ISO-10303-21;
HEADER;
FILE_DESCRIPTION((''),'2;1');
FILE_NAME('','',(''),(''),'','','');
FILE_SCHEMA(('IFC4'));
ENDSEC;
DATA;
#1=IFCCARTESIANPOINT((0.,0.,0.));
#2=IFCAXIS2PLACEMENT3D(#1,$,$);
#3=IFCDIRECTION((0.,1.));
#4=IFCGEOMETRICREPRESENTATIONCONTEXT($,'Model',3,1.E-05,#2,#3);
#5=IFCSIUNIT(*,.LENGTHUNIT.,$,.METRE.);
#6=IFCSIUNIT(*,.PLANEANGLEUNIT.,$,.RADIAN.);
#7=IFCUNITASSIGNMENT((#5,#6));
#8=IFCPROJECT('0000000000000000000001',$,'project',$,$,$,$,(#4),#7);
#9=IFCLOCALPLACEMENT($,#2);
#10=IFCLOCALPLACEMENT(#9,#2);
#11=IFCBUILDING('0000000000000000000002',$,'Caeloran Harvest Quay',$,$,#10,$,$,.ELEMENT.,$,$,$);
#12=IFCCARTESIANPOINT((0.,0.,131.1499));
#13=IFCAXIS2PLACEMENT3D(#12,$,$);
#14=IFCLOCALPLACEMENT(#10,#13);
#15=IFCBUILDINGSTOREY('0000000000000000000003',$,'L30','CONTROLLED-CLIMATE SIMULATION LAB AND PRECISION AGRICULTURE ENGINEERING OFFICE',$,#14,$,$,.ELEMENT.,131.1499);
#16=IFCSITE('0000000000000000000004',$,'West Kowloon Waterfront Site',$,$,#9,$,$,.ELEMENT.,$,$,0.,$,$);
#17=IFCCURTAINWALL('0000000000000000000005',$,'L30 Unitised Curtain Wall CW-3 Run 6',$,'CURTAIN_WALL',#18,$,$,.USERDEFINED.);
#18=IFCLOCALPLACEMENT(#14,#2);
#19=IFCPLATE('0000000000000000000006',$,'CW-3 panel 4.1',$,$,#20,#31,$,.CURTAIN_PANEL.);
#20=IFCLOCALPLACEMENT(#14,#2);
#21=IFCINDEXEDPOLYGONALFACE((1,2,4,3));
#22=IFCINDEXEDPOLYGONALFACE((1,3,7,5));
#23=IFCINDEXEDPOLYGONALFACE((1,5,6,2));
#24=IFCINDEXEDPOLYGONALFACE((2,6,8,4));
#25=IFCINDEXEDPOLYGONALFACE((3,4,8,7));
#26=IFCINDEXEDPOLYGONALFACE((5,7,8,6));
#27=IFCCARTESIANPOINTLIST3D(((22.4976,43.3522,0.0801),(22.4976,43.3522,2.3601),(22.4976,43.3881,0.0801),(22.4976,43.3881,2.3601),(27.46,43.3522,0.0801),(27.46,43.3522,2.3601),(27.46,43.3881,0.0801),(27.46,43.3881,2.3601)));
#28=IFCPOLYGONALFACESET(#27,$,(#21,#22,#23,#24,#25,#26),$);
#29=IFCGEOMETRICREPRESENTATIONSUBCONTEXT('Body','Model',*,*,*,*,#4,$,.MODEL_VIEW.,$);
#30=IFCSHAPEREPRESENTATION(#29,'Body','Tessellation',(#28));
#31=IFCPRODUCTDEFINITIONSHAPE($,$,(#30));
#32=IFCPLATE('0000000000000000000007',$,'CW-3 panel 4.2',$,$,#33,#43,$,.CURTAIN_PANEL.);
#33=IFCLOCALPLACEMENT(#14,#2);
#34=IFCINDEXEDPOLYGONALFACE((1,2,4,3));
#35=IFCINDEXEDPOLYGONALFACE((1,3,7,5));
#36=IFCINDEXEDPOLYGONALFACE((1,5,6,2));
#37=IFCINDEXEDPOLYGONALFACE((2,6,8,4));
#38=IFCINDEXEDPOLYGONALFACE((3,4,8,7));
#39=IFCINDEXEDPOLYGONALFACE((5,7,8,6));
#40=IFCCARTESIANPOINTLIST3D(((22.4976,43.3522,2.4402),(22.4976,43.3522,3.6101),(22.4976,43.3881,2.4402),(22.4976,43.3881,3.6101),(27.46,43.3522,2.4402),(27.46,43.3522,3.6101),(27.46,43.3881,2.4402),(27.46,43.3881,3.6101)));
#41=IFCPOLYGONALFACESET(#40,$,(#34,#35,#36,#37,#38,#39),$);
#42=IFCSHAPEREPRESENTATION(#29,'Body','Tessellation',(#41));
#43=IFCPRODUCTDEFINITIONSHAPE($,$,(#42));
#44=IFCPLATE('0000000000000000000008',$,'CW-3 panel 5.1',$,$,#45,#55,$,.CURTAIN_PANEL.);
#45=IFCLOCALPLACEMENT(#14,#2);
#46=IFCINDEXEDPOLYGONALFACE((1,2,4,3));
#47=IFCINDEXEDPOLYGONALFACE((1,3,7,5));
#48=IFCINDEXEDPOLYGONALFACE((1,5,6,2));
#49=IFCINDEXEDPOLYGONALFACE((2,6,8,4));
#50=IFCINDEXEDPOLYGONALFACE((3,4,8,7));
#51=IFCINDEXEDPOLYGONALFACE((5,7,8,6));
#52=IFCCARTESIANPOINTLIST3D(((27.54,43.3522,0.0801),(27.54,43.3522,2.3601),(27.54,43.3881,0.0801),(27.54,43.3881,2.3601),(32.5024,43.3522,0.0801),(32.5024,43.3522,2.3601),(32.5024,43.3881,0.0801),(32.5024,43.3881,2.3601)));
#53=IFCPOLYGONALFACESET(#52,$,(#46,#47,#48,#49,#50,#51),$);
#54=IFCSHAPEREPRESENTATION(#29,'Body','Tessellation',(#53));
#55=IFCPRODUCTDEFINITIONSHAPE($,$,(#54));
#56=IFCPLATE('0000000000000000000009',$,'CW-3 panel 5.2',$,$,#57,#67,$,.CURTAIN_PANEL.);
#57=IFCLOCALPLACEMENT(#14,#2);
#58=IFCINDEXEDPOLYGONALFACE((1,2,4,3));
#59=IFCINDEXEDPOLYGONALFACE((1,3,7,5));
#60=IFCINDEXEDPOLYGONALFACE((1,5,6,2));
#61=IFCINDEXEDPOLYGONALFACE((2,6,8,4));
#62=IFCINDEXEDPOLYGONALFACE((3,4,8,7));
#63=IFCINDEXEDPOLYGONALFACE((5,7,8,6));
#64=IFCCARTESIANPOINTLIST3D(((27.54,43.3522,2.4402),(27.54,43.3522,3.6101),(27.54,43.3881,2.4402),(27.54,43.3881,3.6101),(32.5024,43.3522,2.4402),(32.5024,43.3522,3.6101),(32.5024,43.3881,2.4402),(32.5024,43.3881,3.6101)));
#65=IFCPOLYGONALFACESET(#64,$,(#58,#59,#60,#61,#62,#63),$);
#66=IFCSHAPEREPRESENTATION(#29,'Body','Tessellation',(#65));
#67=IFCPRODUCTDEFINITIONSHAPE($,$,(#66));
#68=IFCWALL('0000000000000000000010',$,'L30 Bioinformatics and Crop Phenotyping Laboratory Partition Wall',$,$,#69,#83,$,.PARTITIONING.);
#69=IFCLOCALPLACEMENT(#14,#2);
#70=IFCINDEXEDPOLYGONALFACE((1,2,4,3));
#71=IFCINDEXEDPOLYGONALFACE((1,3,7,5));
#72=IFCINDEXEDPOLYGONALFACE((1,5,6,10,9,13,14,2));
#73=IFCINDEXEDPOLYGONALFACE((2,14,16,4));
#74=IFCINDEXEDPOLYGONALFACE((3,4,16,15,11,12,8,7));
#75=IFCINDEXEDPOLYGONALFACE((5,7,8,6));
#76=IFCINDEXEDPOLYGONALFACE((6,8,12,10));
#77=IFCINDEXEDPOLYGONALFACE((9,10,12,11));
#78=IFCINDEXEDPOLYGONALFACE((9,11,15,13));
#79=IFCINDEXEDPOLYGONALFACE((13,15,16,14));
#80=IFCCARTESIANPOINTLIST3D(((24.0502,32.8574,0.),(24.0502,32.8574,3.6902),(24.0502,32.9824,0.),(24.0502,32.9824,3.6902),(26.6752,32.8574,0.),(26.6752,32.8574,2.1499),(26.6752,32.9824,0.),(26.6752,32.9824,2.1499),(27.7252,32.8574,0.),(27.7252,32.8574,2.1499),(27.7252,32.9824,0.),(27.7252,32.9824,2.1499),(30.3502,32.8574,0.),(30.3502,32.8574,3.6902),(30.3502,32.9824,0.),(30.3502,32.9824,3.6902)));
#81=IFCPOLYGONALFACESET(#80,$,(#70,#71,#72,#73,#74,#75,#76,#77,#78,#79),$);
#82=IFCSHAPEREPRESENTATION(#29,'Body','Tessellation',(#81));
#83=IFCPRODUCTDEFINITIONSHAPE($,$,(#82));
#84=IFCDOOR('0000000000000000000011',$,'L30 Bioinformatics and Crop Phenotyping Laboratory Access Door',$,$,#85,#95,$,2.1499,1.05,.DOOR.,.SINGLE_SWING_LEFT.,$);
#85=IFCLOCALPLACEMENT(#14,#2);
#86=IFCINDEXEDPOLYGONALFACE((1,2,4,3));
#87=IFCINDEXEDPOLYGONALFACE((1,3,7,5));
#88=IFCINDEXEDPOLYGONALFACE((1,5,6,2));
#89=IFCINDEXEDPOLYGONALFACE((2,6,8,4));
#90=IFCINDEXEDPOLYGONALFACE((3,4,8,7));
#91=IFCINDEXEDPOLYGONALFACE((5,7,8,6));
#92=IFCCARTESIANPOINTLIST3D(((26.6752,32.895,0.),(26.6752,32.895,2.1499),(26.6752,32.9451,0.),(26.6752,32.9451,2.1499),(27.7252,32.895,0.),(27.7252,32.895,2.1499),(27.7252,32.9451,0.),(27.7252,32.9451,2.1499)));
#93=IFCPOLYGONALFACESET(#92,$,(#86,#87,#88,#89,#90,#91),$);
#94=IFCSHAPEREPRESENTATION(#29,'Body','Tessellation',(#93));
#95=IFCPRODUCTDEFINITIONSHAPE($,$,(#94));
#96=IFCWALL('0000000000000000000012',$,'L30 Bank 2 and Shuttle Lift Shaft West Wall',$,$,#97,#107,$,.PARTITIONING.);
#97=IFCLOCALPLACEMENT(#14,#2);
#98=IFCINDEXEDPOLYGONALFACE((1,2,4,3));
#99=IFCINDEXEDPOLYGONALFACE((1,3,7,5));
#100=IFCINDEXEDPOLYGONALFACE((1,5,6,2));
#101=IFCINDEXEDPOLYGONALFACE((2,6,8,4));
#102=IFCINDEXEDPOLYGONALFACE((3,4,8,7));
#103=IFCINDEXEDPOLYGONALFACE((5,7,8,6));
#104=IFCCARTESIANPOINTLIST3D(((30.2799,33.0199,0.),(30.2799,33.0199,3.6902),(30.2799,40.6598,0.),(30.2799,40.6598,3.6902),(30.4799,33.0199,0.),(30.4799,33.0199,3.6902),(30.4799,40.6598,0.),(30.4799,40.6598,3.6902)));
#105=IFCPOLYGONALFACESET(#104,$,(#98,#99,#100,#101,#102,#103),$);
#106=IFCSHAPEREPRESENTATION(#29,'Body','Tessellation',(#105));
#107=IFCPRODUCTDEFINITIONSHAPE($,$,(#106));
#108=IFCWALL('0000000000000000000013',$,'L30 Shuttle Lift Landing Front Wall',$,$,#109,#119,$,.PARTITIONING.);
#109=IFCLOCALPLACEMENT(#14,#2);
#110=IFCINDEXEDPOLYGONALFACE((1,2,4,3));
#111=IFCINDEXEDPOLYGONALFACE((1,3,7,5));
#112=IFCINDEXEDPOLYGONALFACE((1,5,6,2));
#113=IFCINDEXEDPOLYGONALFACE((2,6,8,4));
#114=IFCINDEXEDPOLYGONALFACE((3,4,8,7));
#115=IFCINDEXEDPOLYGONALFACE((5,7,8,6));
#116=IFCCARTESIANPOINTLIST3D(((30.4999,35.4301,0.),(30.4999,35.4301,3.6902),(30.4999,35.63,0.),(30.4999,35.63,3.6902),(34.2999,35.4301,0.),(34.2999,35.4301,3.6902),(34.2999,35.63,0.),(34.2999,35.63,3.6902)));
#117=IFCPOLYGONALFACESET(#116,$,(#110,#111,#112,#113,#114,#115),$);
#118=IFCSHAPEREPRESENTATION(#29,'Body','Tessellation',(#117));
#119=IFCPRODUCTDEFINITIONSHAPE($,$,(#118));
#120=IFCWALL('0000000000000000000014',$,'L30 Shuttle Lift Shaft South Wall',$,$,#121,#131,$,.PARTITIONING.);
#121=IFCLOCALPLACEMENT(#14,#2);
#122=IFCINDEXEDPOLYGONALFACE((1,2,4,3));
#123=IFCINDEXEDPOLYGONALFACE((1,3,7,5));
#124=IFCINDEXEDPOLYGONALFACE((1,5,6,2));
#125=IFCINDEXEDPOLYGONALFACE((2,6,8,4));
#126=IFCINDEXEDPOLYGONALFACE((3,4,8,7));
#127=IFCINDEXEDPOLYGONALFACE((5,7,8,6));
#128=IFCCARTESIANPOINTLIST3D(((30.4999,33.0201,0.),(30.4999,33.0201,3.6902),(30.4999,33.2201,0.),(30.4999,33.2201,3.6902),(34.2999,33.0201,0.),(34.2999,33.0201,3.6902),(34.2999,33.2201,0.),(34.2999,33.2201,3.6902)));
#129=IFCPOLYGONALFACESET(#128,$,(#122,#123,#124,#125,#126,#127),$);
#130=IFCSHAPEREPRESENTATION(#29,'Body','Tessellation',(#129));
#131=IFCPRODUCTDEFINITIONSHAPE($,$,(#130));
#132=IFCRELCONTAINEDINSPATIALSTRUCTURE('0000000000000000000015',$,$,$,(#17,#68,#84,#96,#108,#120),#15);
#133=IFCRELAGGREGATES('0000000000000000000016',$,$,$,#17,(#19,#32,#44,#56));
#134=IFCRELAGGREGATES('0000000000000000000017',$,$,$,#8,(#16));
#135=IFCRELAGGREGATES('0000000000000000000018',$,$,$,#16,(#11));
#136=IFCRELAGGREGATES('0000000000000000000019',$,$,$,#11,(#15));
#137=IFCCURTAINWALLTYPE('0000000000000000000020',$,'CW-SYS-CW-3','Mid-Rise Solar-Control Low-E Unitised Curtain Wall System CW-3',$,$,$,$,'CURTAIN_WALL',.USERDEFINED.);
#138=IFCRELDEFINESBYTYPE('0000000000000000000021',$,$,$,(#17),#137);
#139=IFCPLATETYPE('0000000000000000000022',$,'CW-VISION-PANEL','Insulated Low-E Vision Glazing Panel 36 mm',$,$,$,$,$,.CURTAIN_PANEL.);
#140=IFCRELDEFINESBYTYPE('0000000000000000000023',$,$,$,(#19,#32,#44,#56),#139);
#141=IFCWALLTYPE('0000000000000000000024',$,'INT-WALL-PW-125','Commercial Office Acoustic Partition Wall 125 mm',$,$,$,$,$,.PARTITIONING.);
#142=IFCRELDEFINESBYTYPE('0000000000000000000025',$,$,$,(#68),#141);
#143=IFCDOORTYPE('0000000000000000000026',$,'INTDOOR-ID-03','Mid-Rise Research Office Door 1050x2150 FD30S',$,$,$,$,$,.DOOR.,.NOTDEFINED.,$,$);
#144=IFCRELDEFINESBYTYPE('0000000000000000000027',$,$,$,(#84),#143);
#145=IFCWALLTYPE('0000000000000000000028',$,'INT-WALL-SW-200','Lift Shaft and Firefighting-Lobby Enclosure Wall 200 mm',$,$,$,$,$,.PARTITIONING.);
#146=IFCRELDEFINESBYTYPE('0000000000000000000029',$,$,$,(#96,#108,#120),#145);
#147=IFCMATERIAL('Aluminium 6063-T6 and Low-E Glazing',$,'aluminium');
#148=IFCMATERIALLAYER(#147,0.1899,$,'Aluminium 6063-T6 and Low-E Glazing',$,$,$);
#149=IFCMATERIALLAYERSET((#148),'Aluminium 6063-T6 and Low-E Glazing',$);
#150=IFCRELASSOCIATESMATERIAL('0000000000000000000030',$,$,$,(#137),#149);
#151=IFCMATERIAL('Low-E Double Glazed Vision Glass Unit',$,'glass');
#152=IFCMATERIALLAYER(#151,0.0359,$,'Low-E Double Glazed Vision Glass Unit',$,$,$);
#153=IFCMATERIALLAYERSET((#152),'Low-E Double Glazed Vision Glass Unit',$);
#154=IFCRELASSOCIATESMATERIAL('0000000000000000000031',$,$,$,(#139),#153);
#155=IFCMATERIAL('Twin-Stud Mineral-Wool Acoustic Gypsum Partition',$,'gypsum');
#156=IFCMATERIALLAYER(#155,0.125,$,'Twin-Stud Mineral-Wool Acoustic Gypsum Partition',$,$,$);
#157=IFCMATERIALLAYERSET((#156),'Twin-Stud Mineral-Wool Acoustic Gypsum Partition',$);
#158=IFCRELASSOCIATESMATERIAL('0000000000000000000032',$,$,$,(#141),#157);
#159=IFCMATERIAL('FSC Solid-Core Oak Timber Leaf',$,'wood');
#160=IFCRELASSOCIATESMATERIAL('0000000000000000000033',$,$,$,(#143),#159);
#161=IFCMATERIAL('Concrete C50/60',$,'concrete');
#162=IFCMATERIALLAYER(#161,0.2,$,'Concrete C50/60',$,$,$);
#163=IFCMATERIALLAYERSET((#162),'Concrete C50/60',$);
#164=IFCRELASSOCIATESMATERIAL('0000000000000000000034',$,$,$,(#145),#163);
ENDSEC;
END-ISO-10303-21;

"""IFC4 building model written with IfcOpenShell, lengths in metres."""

from ifc_helpers import new_model, si_unit, direction, frame, frame_2d, origin, origin_2d, place, context, subcontext, project, spatial, rectangle, extrude, material, layer, layer_set, type_object, element, fill, aggregate, save


model = new_model("IFC4")

# Units and contexts
model_context = context("Model", 3, precision=1e-05, world=origin(), true_north=direction((0.0, 1.0)))
body_context = subcontext(model_context, "Body", "Model", "MODEL_VIEW")
ifc_project = project(units=[si_unit("LENGTHUNIT", "METRE"), si_unit("PLANEANGLEUNIT", "RADIAN")], contexts=[model_context])

# Site, building, storey
site_placement = place(None, origin())
site = spatial("IfcSite", under=ifc_project, at=site_placement, Name="West Kowloon Waterfront Site", CompositionType="ELEMENT", RefElevation=0.0)
building_placement = place(site_placement, origin())
building = spatial("IfcBuilding", under=site, at=building_placement, Name="Caeloran Harvest Quay", CompositionType="ELEMENT")
storey_placement = place(building_placement, frame((0.0, 0.0, 131.1499)))
storey = spatial("IfcBuildingStorey", under=building, at=storey_placement, Name="L30", Description="CONTROLLED-CLIMATE SIMULATION LAB AND PRECISION AGRICULTURE ENGINEERING OFFICE", CompositionType="ELEMENT", Elevation=131.1499)

# Curtain wall, plates
ifc_material_1 = material(Name="Aluminium 6063-T6 and Low-E Glazing", Category="aluminium")
ifc_layer_1 = layer(ifc_material_1, 0.1899, Name="Aluminium 6063-T6 and Low-E Glazing")
ifc_layer_set_1 = layer_set([ifc_layer_1], Name="Aluminium 6063-T6 and Low-E Glazing")
curtain_wall_type = type_object("IfcCurtainWallType", Name="CW-SYS-CW-3", Description="Mid-Rise Solar-Control Low-E Unitised Curtain Wall System CW-3", ElementType="CURTAIN_WALL", PredefinedType="USERDEFINED", material=ifc_layer_set_1)
curtain_wall_placement = place(storey_placement, origin())
curtain_wall = element("IfcCurtainWall", 1, at=curtain_wall_placement, inside=storey, type_object=curtain_wall_type, Name="L30 Unitised Curtain Wall CW-3 Run 6", ObjectType="CURTAIN_WALL", PredefinedType="USERDEFINED")
ifc_material_2 = material(Name="Low-E Double Glazed Vision Glass Unit", Category="glass")
ifc_layer_2 = layer(ifc_material_2, 0.0359, Name="Low-E Double Glazed Vision Glass Unit")
ifc_layer_set_2 = layer_set([ifc_layer_2], Name="Low-E Double Glazed Vision Glass Unit")
plate_type = type_object("IfcPlateType", Name="CW-VISION-PANEL", Description="Insulated Low-E Vision Glazing Panel 36 mm", PredefinedType="CURTAIN_PANEL", material=ifc_layer_set_2)
plate_1_placement = place(storey_placement, frame((24.9788, 43.3701, 0.0801), z_axis=(0.0, 0.0, 1.0), x_axis=(1.0, 0.0, 0.0)))
plate_1 = element("IfcPlate", 2, at=plate_1_placement, type_object=plate_type, Name="CW-3 panel 4.1", PredefinedType="CURTAIN_PANEL", context=body_context, shape_type="SweptSolid", body=[
    extrude(rectangle(XDim=4.9624, YDim=0.0359, at=origin_2d()), origin(), (0.0, 0.0, 1.0), 2.28),
])
plate_2_placement = place(storey_placement, frame((24.9788, 43.3701, 2.4402), z_axis=(0.0, 0.0, 1.0), x_axis=(1.0, 0.0, 0.0)))
plate_2 = element("IfcPlate", 3, at=plate_2_placement, type_object=plate_type, Name="CW-3 panel 4.2", PredefinedType="CURTAIN_PANEL", context=body_context, shape_type="SweptSolid", body=[
    extrude(rectangle(XDim=4.9624, YDim=0.0359, at=origin_2d()), origin(), (0.0, 0.0, 1.0), 1.1699),
])
plate_3_placement = place(storey_placement, frame((30.0212, 43.3701, 0.0801), z_axis=(0.0, 0.0, 1.0), x_axis=(1.0, 0.0, 0.0)))
plate_3 = element("IfcPlate", 4, at=plate_3_placement, type_object=plate_type, Name="CW-3 panel 5.1", PredefinedType="CURTAIN_PANEL", context=body_context, shape_type="SweptSolid", body=[
    extrude(rectangle(XDim=4.9624, YDim=0.0359, at=origin_2d()), origin(), (0.0, 0.0, 1.0), 2.28),
])
plate_4_placement = place(storey_placement, frame((30.0212, 43.3701, 2.4402), z_axis=(0.0, 0.0, 1.0), x_axis=(1.0, 0.0, 0.0)))
plate_4 = element("IfcPlate", 5, at=plate_4_placement, type_object=plate_type, Name="CW-3 panel 5.2", PredefinedType="CURTAIN_PANEL", context=body_context, shape_type="SweptSolid", body=[
    extrude(rectangle(XDim=4.9624, YDim=0.0359, at=origin_2d()), origin(), (0.0, 0.0, 1.0), 1.1699),
])
aggregate(curtain_wall, [plate_1, plate_2, plate_3, plate_4])

# Wall, opening, door
ifc_material_3 = material(Name="Twin-Stud Mineral-Wool Acoustic Gypsum Partition", Category="gypsum")
ifc_layer_3 = layer(ifc_material_3, 0.125, Name="Twin-Stud Mineral-Wool Acoustic Gypsum Partition")
ifc_layer_set_3 = layer_set([ifc_layer_3], Name="Twin-Stud Mineral-Wool Acoustic Gypsum Partition")
wall_type_1 = type_object("IfcWallType", Name="INT-WALL-PW-125", Description="Commercial Office Acoustic Partition Wall 125 mm", PredefinedType="PARTITIONING", material=ifc_layer_set_3)
wall_1_placement = place(storey_placement, frame((30.3501, 32.9199, 0.0), z_axis=(0.0, 0.0, 1.0), x_axis=(-1.0, 0.0, 0.0)))
wall_1 = element("IfcWall", 6, at=wall_1_placement, inside=storey, type_object=wall_type_1, Name="L30 Bioinformatics and Crop Phenotyping Laboratory Partition Wall", PredefinedType="PARTITIONING", context=body_context, shape_type="SweptSolid", body=[
    extrude(rectangle(XDim=6.3, YDim=0.125, at=frame_2d((3.1499, 0.0))), origin(), (0.0, 0.0, 1.0), 3.6902),
])
opening_placement = place(wall_1_placement, frame((2.625, 0.0, 0.0)))
opening = element("IfcOpeningElement", 7, at=opening_placement, cuts=wall_1, PredefinedType="OPENING", context=body_context, shape_type="SweptSolid", body=[
    extrude(rectangle(XDim=1.05, YDim=2.1499, at=frame_2d((0.5249, 1.075))), frame((0.0, 0.0725, 0.0), z_axis=(0.0, -1.0, 0.0), x_axis=(1.0, 0.0, 0.0)), (0.0, 0.0, 1.0), 0.145),
])
ifc_material_4 = material(Name="FSC Solid-Core Oak Timber Leaf", Category="wood")
door_type = type_object("IfcDoorType", Name="INTDOOR-ID-03", Description="Mid-Rise Research Office Door 1050x2150 FD30S", OperationType="NOTDEFINED", PredefinedType="DOOR", material=ifc_material_4)
door_placement = place(opening_placement, origin())
door = element("IfcDoor", 8, at=door_placement, inside=storey, type_object=door_type, Name="L30 Bioinformatics and Crop Phenotyping Laboratory Access Door", OperationType="SINGLE_SWING_LEFT", OverallHeight=2.1499, OverallWidth=1.05, PredefinedType="DOOR", context=body_context, shape_type="SweptSolid", body=[
    extrude(rectangle(XDim=1.05, YDim=2.1499, at=frame_2d((0.5249, 1.075))), frame((0.0, 0.0249, 0.0), z_axis=(0.0, -1.0, 0.0), x_axis=(1.0, 0.0, 0.0)), (0.0, 0.0, 1.0), 0.05),
])
fill(opening, door)

# Walls
ifc_material_5 = material(Name="Concrete C50/60", Category="concrete")
ifc_layer_4 = layer(ifc_material_5, 0.2, Name="Concrete C50/60")
ifc_layer_set_4 = layer_set([ifc_layer_4], Name="Concrete C50/60")
wall_type_2 = type_object("IfcWallType", Name="INT-WALL-SW-200", Description="Lift Shaft and Firefighting-Lobby Enclosure Wall 200 mm", PredefinedType="PARTITIONING", material=ifc_layer_set_4)
wall_2_placement = place(storey_placement, frame((30.3799, 33.02, 0.0), z_axis=(0.0, 0.0, 1.0), x_axis=(0.0, 1.0, 0.0)))
element("IfcWall", 9, at=wall_2_placement, inside=storey, type_object=wall_type_2, Name="L30 Bank 2 and Shuttle Lift Shaft West Wall", PredefinedType="PARTITIONING", context=body_context, shape_type="SweptSolid", body=[
    extrude(rectangle(XDim=7.6399, YDim=0.2, at=frame_2d((3.8198, 0.0))), origin(), (0.0, 0.0, 1.0), 3.6902),
])
for number, where, z_axis, x_axis, name in (
    (10, (30.5, 35.53, 0.0), (0.0, 0.0, 1.0), (1.0, 0.0, 0.0), "L30 Shuttle Lift Landing Front Wall"),
    (11, (30.5, 33.1201, 0.0), (0.0, 0.0, 1.0), (1.0, 0.0, 0.0), "L30 Shuttle Lift Shaft South Wall"),
):
    element("IfcWall", number, at=place(storey_placement, frame(where, z_axis=z_axis, x_axis=x_axis)), inside=storey, type_object=wall_type_2, Name=name, PredefinedType="PARTITIONING", context=body_context, shape_type="SweptSolid", body=[
        extrude(rectangle(XDim=3.8, YDim=0.2, at=frame_2d((1.8999, 0.0))), origin(), (0.0, 0.0, 1.0), 3.6902),
    ])

save(model, "model.ifc")
